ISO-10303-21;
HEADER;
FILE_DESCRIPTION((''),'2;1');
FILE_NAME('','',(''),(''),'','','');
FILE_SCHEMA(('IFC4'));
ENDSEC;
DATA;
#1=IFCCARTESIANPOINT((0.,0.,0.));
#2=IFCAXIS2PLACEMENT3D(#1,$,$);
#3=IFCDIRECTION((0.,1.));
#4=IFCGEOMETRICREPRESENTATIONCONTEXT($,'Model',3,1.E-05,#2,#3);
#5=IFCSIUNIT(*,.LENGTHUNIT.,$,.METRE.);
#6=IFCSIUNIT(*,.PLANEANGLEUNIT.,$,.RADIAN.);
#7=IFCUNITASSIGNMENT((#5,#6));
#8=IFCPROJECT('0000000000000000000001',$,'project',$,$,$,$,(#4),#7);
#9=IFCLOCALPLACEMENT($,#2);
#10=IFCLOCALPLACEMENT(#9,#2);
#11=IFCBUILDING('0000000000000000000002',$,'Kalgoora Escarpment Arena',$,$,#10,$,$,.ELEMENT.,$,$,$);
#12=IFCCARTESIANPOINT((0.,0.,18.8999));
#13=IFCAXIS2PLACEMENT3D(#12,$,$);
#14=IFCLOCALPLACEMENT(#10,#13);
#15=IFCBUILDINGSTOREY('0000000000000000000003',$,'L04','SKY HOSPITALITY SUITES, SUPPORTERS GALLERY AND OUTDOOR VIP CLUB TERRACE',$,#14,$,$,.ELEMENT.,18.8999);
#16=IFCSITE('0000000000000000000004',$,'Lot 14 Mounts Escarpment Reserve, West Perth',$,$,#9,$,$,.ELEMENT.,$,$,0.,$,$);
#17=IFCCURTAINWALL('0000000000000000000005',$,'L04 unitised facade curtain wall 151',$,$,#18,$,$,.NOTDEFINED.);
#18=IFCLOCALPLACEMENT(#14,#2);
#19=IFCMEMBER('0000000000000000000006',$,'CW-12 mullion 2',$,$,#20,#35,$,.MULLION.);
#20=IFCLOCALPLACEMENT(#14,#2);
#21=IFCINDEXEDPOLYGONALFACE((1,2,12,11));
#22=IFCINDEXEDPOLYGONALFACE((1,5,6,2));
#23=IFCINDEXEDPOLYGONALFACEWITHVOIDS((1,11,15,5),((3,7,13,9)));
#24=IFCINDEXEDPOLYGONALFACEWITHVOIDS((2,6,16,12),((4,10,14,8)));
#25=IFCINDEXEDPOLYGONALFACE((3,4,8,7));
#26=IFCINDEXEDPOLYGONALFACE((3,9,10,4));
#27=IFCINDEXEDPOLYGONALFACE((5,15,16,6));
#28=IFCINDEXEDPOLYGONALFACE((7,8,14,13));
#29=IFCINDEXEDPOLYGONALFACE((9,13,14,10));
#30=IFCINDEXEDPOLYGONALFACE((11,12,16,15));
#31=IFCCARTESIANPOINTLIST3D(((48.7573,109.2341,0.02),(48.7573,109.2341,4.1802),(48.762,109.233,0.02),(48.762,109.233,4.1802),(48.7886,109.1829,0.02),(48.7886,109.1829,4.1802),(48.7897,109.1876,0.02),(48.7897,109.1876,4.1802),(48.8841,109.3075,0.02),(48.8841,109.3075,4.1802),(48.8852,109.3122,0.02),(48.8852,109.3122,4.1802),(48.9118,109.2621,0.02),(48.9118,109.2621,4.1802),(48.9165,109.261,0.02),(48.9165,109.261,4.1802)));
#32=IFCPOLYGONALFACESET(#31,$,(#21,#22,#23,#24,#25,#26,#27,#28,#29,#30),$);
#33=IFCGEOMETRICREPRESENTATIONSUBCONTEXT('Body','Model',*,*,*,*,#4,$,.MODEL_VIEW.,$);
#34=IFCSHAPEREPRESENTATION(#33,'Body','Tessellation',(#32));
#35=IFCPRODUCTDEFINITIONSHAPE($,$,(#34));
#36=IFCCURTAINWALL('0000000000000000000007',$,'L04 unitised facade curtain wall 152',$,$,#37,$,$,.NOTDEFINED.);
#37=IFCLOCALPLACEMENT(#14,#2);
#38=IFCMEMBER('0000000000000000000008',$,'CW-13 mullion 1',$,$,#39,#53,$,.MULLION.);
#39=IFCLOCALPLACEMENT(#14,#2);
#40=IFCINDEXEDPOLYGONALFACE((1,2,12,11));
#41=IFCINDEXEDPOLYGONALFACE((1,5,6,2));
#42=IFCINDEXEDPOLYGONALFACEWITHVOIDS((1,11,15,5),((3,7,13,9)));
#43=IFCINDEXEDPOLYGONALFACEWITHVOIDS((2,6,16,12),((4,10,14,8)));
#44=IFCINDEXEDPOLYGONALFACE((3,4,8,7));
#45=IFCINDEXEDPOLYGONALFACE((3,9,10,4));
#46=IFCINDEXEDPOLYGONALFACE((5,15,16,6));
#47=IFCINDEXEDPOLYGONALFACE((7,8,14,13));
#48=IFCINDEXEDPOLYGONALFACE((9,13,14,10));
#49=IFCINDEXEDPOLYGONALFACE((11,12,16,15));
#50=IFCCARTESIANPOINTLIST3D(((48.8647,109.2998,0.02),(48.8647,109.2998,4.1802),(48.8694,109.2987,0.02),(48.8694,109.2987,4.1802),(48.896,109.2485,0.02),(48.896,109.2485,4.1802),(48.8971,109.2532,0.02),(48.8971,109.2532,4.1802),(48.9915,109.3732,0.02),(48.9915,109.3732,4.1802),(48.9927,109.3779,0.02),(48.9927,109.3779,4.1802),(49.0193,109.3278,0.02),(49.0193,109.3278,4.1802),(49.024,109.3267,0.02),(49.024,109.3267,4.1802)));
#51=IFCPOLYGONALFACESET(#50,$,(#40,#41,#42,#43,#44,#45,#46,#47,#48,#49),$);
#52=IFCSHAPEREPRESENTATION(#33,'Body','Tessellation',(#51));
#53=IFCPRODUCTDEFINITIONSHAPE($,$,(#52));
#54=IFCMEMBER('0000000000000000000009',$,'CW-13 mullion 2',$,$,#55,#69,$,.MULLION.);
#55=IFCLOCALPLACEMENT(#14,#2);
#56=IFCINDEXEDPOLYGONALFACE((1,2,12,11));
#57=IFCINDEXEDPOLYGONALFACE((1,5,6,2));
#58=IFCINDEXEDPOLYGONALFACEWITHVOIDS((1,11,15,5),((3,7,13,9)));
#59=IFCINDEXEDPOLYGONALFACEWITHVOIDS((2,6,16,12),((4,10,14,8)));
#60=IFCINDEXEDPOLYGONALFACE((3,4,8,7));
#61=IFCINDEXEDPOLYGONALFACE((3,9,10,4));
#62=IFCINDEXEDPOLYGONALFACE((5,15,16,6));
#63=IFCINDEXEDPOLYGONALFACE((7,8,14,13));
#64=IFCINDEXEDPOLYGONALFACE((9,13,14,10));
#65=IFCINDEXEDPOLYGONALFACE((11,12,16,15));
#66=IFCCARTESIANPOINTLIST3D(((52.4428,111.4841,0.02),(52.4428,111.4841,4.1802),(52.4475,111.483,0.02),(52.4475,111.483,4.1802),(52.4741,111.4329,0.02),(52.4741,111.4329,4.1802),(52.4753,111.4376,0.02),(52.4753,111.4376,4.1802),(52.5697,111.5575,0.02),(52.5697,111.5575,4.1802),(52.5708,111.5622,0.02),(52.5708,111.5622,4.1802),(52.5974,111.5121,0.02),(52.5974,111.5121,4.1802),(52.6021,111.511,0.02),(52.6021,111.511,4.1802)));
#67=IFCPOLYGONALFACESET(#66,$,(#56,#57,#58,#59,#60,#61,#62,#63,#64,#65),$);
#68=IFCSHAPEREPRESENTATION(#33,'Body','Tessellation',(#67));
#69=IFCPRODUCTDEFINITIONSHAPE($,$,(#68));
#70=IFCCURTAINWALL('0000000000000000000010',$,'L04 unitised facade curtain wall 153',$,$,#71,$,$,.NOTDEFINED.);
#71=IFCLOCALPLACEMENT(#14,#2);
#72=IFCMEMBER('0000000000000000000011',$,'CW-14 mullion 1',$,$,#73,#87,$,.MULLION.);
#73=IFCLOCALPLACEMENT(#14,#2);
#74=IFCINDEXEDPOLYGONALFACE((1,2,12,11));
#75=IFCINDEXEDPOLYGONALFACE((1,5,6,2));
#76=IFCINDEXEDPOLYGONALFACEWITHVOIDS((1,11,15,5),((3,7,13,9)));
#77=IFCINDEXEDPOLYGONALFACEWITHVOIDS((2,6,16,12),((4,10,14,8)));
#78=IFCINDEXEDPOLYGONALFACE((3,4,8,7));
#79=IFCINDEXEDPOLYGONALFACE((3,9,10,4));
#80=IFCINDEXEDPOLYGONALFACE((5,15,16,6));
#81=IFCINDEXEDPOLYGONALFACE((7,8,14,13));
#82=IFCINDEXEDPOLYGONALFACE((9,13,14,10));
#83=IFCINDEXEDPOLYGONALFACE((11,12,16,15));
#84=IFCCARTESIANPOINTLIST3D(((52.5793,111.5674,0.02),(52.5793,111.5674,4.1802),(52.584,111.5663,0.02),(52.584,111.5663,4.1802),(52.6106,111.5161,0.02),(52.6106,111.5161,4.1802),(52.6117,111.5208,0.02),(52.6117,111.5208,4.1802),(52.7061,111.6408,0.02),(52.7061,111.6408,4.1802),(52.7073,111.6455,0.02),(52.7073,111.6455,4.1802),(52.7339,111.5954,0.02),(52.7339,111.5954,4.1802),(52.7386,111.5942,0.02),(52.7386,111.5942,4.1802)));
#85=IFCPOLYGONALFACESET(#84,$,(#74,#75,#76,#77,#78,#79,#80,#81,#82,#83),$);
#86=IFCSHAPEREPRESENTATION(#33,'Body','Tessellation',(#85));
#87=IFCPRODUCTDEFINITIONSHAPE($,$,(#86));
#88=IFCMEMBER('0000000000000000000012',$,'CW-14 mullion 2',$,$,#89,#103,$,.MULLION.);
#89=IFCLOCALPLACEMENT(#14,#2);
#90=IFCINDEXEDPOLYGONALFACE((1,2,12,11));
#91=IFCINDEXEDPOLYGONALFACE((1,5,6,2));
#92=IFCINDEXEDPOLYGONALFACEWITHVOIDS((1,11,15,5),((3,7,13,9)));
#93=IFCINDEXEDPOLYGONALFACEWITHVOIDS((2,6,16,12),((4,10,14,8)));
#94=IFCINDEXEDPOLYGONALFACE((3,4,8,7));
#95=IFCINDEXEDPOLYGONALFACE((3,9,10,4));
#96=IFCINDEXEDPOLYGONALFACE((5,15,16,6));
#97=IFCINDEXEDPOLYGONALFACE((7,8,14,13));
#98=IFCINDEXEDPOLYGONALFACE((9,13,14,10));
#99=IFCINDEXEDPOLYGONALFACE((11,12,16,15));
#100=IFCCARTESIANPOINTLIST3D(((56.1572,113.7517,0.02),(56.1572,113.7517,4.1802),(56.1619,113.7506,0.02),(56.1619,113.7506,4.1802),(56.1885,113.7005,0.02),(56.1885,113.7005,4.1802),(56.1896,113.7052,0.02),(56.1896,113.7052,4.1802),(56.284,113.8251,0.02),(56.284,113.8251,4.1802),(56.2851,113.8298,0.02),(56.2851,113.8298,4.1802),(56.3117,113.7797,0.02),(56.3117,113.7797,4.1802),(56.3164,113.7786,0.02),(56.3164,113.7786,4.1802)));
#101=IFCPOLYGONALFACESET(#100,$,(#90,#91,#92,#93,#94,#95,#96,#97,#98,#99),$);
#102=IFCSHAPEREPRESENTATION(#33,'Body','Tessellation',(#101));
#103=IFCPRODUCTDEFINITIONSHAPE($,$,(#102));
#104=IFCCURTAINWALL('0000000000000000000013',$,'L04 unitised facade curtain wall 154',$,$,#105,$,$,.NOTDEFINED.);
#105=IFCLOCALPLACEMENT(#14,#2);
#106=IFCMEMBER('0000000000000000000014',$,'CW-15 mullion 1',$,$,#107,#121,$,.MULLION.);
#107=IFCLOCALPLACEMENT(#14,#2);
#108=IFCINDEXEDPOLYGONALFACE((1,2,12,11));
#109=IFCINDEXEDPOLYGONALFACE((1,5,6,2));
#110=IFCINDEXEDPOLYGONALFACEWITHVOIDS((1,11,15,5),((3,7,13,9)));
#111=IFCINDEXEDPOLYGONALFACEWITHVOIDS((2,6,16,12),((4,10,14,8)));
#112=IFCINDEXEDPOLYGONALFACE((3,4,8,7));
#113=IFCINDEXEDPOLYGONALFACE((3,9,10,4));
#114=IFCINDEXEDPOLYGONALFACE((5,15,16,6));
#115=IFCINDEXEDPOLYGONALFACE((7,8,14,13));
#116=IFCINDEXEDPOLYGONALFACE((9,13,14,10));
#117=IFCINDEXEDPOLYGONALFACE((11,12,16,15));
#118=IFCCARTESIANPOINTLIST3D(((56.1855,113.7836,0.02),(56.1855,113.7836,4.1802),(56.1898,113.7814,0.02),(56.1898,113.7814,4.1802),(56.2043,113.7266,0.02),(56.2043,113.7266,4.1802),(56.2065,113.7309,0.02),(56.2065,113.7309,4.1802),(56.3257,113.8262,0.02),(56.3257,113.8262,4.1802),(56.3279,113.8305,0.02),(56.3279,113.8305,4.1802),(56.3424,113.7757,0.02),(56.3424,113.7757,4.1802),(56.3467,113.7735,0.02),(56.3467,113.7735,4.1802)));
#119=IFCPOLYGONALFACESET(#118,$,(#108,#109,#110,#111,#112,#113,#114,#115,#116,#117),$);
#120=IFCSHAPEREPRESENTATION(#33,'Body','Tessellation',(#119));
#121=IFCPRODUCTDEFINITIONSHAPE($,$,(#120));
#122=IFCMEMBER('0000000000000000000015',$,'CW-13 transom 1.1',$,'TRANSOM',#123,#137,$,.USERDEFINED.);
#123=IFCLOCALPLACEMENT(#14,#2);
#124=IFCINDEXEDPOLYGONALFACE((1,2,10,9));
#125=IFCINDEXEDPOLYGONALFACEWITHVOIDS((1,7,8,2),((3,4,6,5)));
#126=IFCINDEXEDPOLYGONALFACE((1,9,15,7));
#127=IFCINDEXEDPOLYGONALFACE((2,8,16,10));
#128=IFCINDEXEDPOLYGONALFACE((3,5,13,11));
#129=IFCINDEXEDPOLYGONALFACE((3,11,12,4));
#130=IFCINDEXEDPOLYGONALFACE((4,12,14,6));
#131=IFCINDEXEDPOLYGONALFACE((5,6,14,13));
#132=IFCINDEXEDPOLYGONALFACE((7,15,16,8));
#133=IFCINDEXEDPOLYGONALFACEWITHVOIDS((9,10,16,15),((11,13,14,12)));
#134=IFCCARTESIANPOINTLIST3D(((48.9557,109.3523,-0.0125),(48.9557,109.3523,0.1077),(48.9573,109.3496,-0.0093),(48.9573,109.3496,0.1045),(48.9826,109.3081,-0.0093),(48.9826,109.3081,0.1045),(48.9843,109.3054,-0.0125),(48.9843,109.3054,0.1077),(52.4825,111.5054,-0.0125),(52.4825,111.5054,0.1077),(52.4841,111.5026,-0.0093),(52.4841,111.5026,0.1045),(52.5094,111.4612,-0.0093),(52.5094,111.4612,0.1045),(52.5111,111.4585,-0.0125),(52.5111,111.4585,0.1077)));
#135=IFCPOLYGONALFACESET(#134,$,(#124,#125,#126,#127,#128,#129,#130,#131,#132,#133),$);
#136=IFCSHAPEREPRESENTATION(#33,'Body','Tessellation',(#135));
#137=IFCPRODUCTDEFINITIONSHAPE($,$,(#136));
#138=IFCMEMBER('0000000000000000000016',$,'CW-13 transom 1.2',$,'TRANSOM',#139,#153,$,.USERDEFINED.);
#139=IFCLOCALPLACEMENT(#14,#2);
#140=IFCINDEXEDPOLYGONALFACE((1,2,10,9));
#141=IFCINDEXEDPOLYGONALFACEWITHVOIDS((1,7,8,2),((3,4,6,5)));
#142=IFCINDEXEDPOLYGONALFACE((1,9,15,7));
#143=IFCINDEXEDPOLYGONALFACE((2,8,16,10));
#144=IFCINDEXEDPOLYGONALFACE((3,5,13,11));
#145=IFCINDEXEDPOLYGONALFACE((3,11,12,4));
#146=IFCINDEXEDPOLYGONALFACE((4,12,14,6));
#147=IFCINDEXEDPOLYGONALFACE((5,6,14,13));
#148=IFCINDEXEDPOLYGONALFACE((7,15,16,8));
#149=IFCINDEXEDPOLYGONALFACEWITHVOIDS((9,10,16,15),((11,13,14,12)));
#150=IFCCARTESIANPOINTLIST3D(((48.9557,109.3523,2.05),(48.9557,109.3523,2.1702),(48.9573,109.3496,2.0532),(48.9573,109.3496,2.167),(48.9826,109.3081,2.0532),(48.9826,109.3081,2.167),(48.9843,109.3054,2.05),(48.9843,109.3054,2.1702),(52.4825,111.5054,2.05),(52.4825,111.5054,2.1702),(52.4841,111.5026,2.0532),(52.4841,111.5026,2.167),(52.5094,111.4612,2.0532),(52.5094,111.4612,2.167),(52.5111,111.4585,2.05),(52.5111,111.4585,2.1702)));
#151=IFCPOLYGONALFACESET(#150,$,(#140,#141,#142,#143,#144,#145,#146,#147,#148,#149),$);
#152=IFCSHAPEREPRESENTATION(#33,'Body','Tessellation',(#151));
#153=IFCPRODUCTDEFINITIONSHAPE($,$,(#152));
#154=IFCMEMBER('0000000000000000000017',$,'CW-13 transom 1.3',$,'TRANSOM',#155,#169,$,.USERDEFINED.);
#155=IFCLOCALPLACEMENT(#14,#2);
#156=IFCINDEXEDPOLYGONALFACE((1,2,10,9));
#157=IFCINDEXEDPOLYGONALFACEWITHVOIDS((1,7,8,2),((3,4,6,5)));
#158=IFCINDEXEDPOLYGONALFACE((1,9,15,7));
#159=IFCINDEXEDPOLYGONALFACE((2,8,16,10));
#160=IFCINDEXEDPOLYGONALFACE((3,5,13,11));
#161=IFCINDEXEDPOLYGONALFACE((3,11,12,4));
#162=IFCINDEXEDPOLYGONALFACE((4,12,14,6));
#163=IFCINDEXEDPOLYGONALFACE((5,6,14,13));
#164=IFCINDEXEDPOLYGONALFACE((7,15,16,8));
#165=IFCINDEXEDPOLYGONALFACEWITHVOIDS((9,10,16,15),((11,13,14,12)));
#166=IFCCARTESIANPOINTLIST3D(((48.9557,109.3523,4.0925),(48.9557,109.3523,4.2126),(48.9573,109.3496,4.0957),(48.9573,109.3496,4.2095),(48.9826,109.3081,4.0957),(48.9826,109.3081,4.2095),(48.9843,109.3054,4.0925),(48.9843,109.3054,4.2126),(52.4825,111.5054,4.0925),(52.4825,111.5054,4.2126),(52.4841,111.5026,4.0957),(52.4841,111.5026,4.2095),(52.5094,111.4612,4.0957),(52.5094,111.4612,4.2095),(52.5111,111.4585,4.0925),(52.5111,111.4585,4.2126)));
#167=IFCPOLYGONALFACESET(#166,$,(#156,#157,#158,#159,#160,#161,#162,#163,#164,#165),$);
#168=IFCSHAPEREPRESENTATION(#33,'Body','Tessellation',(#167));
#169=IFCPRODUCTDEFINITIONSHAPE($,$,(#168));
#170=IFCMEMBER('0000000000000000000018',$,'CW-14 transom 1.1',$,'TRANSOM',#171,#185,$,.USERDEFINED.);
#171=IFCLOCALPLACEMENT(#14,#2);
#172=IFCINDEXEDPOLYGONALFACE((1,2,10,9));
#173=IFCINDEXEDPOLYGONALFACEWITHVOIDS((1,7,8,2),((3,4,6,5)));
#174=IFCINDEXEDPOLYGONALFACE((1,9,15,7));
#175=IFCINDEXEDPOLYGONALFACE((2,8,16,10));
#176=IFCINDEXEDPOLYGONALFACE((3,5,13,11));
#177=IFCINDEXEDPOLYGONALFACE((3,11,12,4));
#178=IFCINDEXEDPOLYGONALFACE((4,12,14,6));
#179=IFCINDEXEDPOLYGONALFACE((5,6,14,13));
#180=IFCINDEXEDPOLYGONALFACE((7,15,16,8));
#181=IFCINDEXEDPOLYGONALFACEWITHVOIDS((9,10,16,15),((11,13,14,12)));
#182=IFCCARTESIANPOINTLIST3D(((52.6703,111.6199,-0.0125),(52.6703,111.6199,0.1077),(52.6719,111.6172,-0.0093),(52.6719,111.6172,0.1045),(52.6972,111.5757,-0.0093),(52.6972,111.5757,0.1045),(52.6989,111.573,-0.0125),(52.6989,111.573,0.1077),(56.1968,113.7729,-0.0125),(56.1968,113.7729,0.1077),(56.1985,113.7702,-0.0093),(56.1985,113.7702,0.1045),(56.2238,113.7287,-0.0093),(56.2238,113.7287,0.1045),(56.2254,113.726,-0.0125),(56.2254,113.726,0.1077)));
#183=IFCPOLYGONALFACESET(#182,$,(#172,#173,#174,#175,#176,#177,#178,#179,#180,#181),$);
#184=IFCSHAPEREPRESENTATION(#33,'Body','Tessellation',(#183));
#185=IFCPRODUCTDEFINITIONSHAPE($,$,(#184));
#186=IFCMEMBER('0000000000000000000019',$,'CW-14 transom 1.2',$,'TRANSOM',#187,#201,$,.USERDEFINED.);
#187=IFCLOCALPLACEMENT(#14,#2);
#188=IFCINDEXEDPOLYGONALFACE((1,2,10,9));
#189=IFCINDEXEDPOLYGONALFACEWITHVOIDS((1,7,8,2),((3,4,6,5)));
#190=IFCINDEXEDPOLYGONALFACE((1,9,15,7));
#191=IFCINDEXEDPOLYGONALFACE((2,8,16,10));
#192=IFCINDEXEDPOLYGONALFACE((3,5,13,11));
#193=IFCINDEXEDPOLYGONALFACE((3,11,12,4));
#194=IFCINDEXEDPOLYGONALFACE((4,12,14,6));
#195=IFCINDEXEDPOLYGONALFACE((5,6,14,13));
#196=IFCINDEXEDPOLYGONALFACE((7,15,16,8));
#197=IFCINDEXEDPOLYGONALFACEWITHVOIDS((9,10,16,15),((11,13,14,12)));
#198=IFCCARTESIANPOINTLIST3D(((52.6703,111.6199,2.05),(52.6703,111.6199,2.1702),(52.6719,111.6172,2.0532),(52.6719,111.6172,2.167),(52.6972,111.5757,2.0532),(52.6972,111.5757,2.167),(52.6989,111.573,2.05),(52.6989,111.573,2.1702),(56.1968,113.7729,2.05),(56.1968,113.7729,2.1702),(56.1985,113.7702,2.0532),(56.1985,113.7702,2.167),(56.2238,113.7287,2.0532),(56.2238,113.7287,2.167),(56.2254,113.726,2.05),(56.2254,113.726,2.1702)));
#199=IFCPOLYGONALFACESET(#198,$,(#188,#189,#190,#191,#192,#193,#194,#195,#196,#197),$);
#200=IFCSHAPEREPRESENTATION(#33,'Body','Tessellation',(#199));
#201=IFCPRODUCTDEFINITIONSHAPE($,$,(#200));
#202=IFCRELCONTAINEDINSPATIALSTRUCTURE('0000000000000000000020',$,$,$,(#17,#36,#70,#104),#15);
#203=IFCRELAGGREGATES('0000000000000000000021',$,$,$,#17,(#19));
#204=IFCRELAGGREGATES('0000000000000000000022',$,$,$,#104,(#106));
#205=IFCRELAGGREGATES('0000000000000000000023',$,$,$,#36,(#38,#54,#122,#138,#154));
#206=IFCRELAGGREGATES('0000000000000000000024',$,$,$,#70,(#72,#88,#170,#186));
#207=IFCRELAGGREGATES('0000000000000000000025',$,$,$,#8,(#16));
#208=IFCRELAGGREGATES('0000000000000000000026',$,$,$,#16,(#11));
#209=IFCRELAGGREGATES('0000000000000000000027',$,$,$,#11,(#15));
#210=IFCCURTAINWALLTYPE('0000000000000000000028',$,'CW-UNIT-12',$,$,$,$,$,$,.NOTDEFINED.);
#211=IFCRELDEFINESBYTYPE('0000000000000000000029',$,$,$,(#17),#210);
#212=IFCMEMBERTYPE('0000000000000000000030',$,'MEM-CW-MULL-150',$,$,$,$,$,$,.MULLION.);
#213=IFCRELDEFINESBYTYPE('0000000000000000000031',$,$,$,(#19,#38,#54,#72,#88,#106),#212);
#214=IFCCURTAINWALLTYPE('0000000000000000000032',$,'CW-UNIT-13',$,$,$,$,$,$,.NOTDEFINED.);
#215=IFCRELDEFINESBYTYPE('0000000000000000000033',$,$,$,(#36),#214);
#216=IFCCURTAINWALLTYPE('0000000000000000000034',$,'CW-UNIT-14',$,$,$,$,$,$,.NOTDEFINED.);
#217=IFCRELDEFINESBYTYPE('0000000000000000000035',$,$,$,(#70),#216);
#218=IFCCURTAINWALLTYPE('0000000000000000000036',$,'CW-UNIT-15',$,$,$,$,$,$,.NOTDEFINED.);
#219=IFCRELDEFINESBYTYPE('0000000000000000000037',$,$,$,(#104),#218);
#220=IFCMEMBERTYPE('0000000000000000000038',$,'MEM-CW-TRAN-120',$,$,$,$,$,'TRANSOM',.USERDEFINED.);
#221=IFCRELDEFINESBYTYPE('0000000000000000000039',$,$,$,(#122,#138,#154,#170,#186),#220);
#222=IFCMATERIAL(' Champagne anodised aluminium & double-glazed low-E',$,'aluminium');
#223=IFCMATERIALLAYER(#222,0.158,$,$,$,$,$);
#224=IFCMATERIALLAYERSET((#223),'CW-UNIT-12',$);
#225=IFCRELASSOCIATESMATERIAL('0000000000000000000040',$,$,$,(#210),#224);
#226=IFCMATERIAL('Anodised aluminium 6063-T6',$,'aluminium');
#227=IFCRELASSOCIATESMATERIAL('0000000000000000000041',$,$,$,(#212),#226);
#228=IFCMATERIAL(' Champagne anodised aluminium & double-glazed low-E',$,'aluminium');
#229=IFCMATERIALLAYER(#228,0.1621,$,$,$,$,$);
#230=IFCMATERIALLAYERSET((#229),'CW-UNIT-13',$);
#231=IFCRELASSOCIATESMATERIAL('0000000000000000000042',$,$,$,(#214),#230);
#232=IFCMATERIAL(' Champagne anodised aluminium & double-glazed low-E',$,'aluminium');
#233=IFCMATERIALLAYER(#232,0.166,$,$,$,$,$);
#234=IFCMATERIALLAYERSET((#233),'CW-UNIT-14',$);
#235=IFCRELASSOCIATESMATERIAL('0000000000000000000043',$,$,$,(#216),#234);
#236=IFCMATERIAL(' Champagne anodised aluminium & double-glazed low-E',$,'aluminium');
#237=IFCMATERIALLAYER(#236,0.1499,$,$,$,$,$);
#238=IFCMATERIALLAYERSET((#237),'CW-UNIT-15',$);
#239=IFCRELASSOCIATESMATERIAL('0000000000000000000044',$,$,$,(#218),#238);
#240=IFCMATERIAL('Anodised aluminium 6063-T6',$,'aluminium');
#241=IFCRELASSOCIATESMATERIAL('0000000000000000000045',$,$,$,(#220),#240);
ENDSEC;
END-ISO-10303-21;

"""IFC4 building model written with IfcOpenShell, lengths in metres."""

from ifc_helpers import new_model, si_unit, direction, frame, origin, origin_2d, place, context, subcontext, project, spatial, hollow_rectangle, extrude, material, layer, layer_set, material_profile, profile_set, type_object, element, aggregate, save


model = new_model("IFC4")

# Units and contexts
model_context = context("Model", 3, precision=1e-05, world=origin(), true_north=direction((0.0, 1.0)))
body_context = subcontext(model_context, "Body", "Model", "MODEL_VIEW")
ifc_project = project(units=[si_unit("LENGTHUNIT", "METRE"), si_unit("PLANEANGLEUNIT", "RADIAN")], contexts=[model_context])

# Site, building, storey
site_placement = place(None, origin())
site = spatial("IfcSite", under=ifc_project, at=site_placement, Name="Lot 14 Mounts Escarpment Reserve, West Perth", CompositionType="ELEMENT", RefElevation=0.0)
building_placement = place(site_placement, origin())
building = spatial("IfcBuilding", under=site, at=building_placement, Name="Kalgoora Escarpment Arena", CompositionType="ELEMENT")
storey_placement = place(building_placement, frame((0.0, 0.0, 18.8999)))
storey = spatial("IfcBuildingStorey", under=building, at=storey_placement, Name="L04", Description="SKY HOSPITALITY SUITES, SUPPORTERS GALLERY AND OUTDOOR VIP CLUB TERRACE", CompositionType="ELEMENT", Elevation=18.8999)

# Curtain wall, member
ifc_material_1 = material(Name=" Champagne anodised aluminium & double-glazed low-E", Category="aluminium")
ifc_layer_1 = layer(ifc_material_1, 0.158)
ifc_layer_set_1 = layer_set([ifc_layer_1], Name="CW-UNIT-12")
curtain_wall_type_1 = type_object("IfcCurtainWallType", Name="CW-UNIT-12", PredefinedType="NOTDEFINED", material=ifc_layer_set_1)
curtain_wall_1_placement = place(storey_placement, origin())
curtain_wall_1 = element("IfcCurtainWall", 1, at=curtain_wall_1_placement, inside=storey, type_object=curtain_wall_type_1, Name="L04 unitised facade curtain wall 151", PredefinedType="NOTDEFINED")
ifc_material_2 = material(Name="Anodised aluminium 6063-T6", Category="aluminium")
ifc_material_profile_1 = material_profile(ifc_material_2, hollow_rectangle(XDim=0.0601, YDim=0.1499, WallThickness=0.0034, at=origin_2d()))
ifc_profile_set_1 = profile_set([ifc_material_profile_1], Name="Anodised aluminium 6063-T6")
member_type_1 = type_object("IfcMemberType", Name="MEM-CW-MULL-150", PredefinedType="MULLION", material=ifc_profile_set_1)
member_1_placement = place(storey_placement, frame((48.8369, 109.2476, 0.02), z_axis=(0.0, 0.0, 1.0), x_axis=(-0.521067, 0.853516, 0.0)))
member_1 = element("IfcMember", 2, at=member_1_placement, type_object=member_type_1, Name="CW-12 mullion 2", PredefinedType="MULLION", context=body_context, shape_type="SweptSolid", body=[
    extrude(hollow_rectangle(XDim=0.0601, YDim=0.1499, WallThickness=0.0034, at=origin_2d()), origin(), (0.0, 0.0, 1.0), 4.1602),
])
aggregate(curtain_wall_1, [member_1])

# Curtain walls, members
ifc_material_3 = material(Name=" Champagne anodised aluminium & double-glazed low-E", Category="aluminium")
ifc_layer_2 = layer(ifc_material_3, 0.1621)
ifc_layer_set_2 = layer_set([ifc_layer_2], Name="CW-UNIT-13")
curtain_wall_type_2 = type_object("IfcCurtainWallType", Name="CW-UNIT-13", PredefinedType="NOTDEFINED", material=ifc_layer_set_2)
curtain_wall_2_placement = place(storey_placement, origin())
curtain_wall_2 = element("IfcCurtainWall", 3, at=curtain_wall_2_placement, inside=storey, type_object=curtain_wall_type_2, Name="L04 unitised facade curtain wall 152", PredefinedType="NOTDEFINED")
member_2_placement = place(storey_placement, frame((48.9443, 109.3132, 0.02), z_axis=(0.0, 0.0, 1.0), x_axis=(-0.521049, 0.853527, 0.0)))
member_2 = element("IfcMember", 4, at=member_2_placement, type_object=member_type_1, Name="CW-13 mullion 1", PredefinedType="MULLION", context=body_context, shape_type="SweptSolid", body=[
    extrude(hollow_rectangle(XDim=0.0601, YDim=0.1499, WallThickness=0.0034, at=origin_2d()), origin(), (0.0, 0.0, 1.0), 4.1602),
])
member_3_placement = place(storey_placement, frame((52.5225, 111.4976, 0.02), z_axis=(0.0, 0.0, 1.0), x_axis=(-0.521049, 0.853527, 0.0)))
member_3 = element("IfcMember", 5, at=member_3_placement, type_object=member_type_1, Name="CW-13 mullion 2", PredefinedType="MULLION", context=body_context, shape_type="SweptSolid", body=[
    extrude(hollow_rectangle(XDim=0.0601, YDim=0.1499, WallThickness=0.0034, at=origin_2d()), origin(), (0.0, 0.0, 1.0), 4.1602),
])
ifc_material_4 = material(Name=" Champagne anodised aluminium & double-glazed low-E", Category="aluminium")
ifc_layer_3 = layer(ifc_material_4, 0.166)
ifc_layer_set_3 = layer_set([ifc_layer_3], Name="CW-UNIT-14")
curtain_wall_type_3 = type_object("IfcCurtainWallType", Name="CW-UNIT-14", PredefinedType="NOTDEFINED", material=ifc_layer_set_3)
curtain_wall_3_placement = place(storey_placement, origin())
curtain_wall_3 = element("IfcCurtainWall", 6, at=curtain_wall_3_placement, inside=storey, type_object=curtain_wall_type_3, Name="L04 unitised facade curtain wall 153", PredefinedType="NOTDEFINED")
member_4_placement = place(storey_placement, frame((52.6589, 111.5808, 0.02), z_axis=(0.0, 0.0, 1.0), x_axis=(-0.521059, 0.853521, 0.0)))
member_4 = element("IfcMember", 7, at=member_4_placement, type_object=member_type_1, Name="CW-14 mullion 1", PredefinedType="MULLION", context=body_context, shape_type="SweptSolid", body=[
    extrude(hollow_rectangle(XDim=0.0601, YDim=0.1499, WallThickness=0.0034, at=origin_2d()), origin(), (0.0, 0.0, 1.0), 4.1602),
])
member_5_placement = place(storey_placement, frame((56.2368, 113.7651, 0.02), z_axis=(0.0, 0.0, 1.0), x_axis=(-0.521059, 0.853521, 0.0)))
member_5 = element("IfcMember", 8, at=member_5_placement, type_object=member_type_1, Name="CW-14 mullion 2", PredefinedType="MULLION", context=body_context, shape_type="SweptSolid", body=[
    extrude(hollow_rectangle(XDim=0.0601, YDim=0.1499, WallThickness=0.0034, at=origin_2d()), origin(), (0.0, 0.0, 1.0), 4.1602),
])

# Curtain wall, member
ifc_material_5 = material(Name=" Champagne anodised aluminium & double-glazed low-E", Category="aluminium")
ifc_layer_4 = layer(ifc_material_5, 0.1499)
ifc_layer_set_4 = layer_set([ifc_layer_4], Name="CW-UNIT-15")
curtain_wall_type_4 = type_object("IfcCurtainWallType", Name="CW-UNIT-15", PredefinedType="NOTDEFINED", material=ifc_layer_set_4)
curtain_wall_4_placement = place(storey_placement, origin())
curtain_wall_4 = element("IfcCurtainWall", 9, at=curtain_wall_4_placement, inside=storey, type_object=curtain_wall_type_4, Name="L04 unitised facade curtain wall 154", PredefinedType="NOTDEFINED")
member_6_placement = place(storey_placement, frame((56.2661, 113.7786, 0.02), z_axis=(0.0, 0.0, 1.0), x_axis=(-0.312986, 0.949758, 0.0)))
member_6 = element("IfcMember", 10, at=member_6_placement, type_object=member_type_1, Name="CW-15 mullion 1", PredefinedType="MULLION", context=body_context, shape_type="SweptSolid", body=[
    extrude(hollow_rectangle(XDim=0.0601, YDim=0.1499, WallThickness=0.0034, at=origin_2d()), origin(), (0.0, 0.0, 1.0), 4.1602),
])

# Members
ifc_material_6 = material(Name="Anodised aluminium 6063-T6", Category="aluminium")
ifc_material_profile_2 = material_profile(ifc_material_6, hollow_rectangle(XDim=0.0549, YDim=0.1201, WallThickness=0.0032, at=origin_2d()))
ifc_profile_set_2 = profile_set([ifc_material_profile_2], Name="Anodised aluminium 6063-T6")
member_type_2 = type_object("IfcMemberType", Name="MEM-CW-TRAN-120", ElementType="TRANSOM", PredefinedType="USERDEFINED", material=ifc_profile_set_2)
member_7_placement = place(storey_placement, frame((48.97, 109.3289, 0.0476), z_axis=(0.853521, 0.521058, 0.0), x_axis=(-0.521058, 0.853521, 0.0)))
member_7 = element("IfcMember", 11, at=member_7_placement, type_object=member_type_2, Name="CW-13 transom 1.1", ObjectType="TRANSOM", PredefinedType="USERDEFINED", context=body_context, shape_type="SweptSolid", body=[
    extrude(hollow_rectangle(XDim=0.0549, YDim=0.1201, WallThickness=0.0032, at=origin_2d()), origin(), (0.0, 0.0, 1.0), 4.1321),
])
member_8_placement = place(storey_placement, frame((48.97, 109.3289, 2.1101), z_axis=(0.853521, 0.521058, 0.0), x_axis=(-0.521058, 0.853521, 0.0)))
member_8 = element("IfcMember", 12, at=member_8_placement, type_object=member_type_2, Name="CW-13 transom 1.2", ObjectType="TRANSOM", PredefinedType="USERDEFINED", context=body_context, shape_type="SweptSolid", body=[
    extrude(hollow_rectangle(XDim=0.0549, YDim=0.1201, WallThickness=0.0032, at=origin_2d()), origin(), (0.0, 0.0, 1.0), 4.1321),
])
member_9_placement = place(storey_placement, frame((48.97, 109.3289, 4.1526), z_axis=(0.853521, 0.521058, 0.0), x_axis=(-0.521058, 0.853521, 0.0)))
member_9 = element("IfcMember", 13, at=member_9_placement, type_object=member_type_2, Name="CW-13 transom 1.3", ObjectType="TRANSOM", PredefinedType="USERDEFINED", context=body_context, shape_type="SweptSolid", body=[
    extrude(hollow_rectangle(XDim=0.0549, YDim=0.1201, WallThickness=0.0032, at=origin_2d()), origin(), (0.0, 0.0, 1.0), 4.1321),
])
member_10_placement = place(storey_placement, frame((52.6846, 111.5964, 0.0476), z_axis=(0.853505, 0.521084, 0.0), x_axis=(-0.521084, 0.853505, 0.0)))
member_10 = element("IfcMember", 14, at=member_10_placement, type_object=member_type_2, Name="CW-14 transom 1.1", ObjectType="TRANSOM", PredefinedType="USERDEFINED", context=body_context, shape_type="SweptSolid", body=[
    extrude(hollow_rectangle(XDim=0.0549, YDim=0.1201, WallThickness=0.0032, at=origin_2d()), origin(), (0.0, 0.0, 1.0), 4.1318),
])
member_11_placement = place(storey_placement, frame((52.6846, 111.5964, 2.1101), z_axis=(0.853505, 0.521084, 0.0), x_axis=(-0.521084, 0.853505, 0.0)))
member_11 = element("IfcMember", 15, at=member_11_placement, type_object=member_type_2, Name="CW-14 transom 1.2", ObjectType="TRANSOM", PredefinedType="USERDEFINED", context=body_context, shape_type="SweptSolid", body=[
    extrude(hollow_rectangle(XDim=0.0549, YDim=0.1201, WallThickness=0.0032, at=origin_2d()), origin(), (0.0, 0.0, 1.0), 4.1318),
])
aggregate(curtain_wall_4, [member_6])

aggregate(curtain_wall_2, [member_2, member_3, member_7, member_8, member_9])
aggregate(curtain_wall_3, [member_4, member_5, member_10, member_11])

save(model, "model.ifc")
